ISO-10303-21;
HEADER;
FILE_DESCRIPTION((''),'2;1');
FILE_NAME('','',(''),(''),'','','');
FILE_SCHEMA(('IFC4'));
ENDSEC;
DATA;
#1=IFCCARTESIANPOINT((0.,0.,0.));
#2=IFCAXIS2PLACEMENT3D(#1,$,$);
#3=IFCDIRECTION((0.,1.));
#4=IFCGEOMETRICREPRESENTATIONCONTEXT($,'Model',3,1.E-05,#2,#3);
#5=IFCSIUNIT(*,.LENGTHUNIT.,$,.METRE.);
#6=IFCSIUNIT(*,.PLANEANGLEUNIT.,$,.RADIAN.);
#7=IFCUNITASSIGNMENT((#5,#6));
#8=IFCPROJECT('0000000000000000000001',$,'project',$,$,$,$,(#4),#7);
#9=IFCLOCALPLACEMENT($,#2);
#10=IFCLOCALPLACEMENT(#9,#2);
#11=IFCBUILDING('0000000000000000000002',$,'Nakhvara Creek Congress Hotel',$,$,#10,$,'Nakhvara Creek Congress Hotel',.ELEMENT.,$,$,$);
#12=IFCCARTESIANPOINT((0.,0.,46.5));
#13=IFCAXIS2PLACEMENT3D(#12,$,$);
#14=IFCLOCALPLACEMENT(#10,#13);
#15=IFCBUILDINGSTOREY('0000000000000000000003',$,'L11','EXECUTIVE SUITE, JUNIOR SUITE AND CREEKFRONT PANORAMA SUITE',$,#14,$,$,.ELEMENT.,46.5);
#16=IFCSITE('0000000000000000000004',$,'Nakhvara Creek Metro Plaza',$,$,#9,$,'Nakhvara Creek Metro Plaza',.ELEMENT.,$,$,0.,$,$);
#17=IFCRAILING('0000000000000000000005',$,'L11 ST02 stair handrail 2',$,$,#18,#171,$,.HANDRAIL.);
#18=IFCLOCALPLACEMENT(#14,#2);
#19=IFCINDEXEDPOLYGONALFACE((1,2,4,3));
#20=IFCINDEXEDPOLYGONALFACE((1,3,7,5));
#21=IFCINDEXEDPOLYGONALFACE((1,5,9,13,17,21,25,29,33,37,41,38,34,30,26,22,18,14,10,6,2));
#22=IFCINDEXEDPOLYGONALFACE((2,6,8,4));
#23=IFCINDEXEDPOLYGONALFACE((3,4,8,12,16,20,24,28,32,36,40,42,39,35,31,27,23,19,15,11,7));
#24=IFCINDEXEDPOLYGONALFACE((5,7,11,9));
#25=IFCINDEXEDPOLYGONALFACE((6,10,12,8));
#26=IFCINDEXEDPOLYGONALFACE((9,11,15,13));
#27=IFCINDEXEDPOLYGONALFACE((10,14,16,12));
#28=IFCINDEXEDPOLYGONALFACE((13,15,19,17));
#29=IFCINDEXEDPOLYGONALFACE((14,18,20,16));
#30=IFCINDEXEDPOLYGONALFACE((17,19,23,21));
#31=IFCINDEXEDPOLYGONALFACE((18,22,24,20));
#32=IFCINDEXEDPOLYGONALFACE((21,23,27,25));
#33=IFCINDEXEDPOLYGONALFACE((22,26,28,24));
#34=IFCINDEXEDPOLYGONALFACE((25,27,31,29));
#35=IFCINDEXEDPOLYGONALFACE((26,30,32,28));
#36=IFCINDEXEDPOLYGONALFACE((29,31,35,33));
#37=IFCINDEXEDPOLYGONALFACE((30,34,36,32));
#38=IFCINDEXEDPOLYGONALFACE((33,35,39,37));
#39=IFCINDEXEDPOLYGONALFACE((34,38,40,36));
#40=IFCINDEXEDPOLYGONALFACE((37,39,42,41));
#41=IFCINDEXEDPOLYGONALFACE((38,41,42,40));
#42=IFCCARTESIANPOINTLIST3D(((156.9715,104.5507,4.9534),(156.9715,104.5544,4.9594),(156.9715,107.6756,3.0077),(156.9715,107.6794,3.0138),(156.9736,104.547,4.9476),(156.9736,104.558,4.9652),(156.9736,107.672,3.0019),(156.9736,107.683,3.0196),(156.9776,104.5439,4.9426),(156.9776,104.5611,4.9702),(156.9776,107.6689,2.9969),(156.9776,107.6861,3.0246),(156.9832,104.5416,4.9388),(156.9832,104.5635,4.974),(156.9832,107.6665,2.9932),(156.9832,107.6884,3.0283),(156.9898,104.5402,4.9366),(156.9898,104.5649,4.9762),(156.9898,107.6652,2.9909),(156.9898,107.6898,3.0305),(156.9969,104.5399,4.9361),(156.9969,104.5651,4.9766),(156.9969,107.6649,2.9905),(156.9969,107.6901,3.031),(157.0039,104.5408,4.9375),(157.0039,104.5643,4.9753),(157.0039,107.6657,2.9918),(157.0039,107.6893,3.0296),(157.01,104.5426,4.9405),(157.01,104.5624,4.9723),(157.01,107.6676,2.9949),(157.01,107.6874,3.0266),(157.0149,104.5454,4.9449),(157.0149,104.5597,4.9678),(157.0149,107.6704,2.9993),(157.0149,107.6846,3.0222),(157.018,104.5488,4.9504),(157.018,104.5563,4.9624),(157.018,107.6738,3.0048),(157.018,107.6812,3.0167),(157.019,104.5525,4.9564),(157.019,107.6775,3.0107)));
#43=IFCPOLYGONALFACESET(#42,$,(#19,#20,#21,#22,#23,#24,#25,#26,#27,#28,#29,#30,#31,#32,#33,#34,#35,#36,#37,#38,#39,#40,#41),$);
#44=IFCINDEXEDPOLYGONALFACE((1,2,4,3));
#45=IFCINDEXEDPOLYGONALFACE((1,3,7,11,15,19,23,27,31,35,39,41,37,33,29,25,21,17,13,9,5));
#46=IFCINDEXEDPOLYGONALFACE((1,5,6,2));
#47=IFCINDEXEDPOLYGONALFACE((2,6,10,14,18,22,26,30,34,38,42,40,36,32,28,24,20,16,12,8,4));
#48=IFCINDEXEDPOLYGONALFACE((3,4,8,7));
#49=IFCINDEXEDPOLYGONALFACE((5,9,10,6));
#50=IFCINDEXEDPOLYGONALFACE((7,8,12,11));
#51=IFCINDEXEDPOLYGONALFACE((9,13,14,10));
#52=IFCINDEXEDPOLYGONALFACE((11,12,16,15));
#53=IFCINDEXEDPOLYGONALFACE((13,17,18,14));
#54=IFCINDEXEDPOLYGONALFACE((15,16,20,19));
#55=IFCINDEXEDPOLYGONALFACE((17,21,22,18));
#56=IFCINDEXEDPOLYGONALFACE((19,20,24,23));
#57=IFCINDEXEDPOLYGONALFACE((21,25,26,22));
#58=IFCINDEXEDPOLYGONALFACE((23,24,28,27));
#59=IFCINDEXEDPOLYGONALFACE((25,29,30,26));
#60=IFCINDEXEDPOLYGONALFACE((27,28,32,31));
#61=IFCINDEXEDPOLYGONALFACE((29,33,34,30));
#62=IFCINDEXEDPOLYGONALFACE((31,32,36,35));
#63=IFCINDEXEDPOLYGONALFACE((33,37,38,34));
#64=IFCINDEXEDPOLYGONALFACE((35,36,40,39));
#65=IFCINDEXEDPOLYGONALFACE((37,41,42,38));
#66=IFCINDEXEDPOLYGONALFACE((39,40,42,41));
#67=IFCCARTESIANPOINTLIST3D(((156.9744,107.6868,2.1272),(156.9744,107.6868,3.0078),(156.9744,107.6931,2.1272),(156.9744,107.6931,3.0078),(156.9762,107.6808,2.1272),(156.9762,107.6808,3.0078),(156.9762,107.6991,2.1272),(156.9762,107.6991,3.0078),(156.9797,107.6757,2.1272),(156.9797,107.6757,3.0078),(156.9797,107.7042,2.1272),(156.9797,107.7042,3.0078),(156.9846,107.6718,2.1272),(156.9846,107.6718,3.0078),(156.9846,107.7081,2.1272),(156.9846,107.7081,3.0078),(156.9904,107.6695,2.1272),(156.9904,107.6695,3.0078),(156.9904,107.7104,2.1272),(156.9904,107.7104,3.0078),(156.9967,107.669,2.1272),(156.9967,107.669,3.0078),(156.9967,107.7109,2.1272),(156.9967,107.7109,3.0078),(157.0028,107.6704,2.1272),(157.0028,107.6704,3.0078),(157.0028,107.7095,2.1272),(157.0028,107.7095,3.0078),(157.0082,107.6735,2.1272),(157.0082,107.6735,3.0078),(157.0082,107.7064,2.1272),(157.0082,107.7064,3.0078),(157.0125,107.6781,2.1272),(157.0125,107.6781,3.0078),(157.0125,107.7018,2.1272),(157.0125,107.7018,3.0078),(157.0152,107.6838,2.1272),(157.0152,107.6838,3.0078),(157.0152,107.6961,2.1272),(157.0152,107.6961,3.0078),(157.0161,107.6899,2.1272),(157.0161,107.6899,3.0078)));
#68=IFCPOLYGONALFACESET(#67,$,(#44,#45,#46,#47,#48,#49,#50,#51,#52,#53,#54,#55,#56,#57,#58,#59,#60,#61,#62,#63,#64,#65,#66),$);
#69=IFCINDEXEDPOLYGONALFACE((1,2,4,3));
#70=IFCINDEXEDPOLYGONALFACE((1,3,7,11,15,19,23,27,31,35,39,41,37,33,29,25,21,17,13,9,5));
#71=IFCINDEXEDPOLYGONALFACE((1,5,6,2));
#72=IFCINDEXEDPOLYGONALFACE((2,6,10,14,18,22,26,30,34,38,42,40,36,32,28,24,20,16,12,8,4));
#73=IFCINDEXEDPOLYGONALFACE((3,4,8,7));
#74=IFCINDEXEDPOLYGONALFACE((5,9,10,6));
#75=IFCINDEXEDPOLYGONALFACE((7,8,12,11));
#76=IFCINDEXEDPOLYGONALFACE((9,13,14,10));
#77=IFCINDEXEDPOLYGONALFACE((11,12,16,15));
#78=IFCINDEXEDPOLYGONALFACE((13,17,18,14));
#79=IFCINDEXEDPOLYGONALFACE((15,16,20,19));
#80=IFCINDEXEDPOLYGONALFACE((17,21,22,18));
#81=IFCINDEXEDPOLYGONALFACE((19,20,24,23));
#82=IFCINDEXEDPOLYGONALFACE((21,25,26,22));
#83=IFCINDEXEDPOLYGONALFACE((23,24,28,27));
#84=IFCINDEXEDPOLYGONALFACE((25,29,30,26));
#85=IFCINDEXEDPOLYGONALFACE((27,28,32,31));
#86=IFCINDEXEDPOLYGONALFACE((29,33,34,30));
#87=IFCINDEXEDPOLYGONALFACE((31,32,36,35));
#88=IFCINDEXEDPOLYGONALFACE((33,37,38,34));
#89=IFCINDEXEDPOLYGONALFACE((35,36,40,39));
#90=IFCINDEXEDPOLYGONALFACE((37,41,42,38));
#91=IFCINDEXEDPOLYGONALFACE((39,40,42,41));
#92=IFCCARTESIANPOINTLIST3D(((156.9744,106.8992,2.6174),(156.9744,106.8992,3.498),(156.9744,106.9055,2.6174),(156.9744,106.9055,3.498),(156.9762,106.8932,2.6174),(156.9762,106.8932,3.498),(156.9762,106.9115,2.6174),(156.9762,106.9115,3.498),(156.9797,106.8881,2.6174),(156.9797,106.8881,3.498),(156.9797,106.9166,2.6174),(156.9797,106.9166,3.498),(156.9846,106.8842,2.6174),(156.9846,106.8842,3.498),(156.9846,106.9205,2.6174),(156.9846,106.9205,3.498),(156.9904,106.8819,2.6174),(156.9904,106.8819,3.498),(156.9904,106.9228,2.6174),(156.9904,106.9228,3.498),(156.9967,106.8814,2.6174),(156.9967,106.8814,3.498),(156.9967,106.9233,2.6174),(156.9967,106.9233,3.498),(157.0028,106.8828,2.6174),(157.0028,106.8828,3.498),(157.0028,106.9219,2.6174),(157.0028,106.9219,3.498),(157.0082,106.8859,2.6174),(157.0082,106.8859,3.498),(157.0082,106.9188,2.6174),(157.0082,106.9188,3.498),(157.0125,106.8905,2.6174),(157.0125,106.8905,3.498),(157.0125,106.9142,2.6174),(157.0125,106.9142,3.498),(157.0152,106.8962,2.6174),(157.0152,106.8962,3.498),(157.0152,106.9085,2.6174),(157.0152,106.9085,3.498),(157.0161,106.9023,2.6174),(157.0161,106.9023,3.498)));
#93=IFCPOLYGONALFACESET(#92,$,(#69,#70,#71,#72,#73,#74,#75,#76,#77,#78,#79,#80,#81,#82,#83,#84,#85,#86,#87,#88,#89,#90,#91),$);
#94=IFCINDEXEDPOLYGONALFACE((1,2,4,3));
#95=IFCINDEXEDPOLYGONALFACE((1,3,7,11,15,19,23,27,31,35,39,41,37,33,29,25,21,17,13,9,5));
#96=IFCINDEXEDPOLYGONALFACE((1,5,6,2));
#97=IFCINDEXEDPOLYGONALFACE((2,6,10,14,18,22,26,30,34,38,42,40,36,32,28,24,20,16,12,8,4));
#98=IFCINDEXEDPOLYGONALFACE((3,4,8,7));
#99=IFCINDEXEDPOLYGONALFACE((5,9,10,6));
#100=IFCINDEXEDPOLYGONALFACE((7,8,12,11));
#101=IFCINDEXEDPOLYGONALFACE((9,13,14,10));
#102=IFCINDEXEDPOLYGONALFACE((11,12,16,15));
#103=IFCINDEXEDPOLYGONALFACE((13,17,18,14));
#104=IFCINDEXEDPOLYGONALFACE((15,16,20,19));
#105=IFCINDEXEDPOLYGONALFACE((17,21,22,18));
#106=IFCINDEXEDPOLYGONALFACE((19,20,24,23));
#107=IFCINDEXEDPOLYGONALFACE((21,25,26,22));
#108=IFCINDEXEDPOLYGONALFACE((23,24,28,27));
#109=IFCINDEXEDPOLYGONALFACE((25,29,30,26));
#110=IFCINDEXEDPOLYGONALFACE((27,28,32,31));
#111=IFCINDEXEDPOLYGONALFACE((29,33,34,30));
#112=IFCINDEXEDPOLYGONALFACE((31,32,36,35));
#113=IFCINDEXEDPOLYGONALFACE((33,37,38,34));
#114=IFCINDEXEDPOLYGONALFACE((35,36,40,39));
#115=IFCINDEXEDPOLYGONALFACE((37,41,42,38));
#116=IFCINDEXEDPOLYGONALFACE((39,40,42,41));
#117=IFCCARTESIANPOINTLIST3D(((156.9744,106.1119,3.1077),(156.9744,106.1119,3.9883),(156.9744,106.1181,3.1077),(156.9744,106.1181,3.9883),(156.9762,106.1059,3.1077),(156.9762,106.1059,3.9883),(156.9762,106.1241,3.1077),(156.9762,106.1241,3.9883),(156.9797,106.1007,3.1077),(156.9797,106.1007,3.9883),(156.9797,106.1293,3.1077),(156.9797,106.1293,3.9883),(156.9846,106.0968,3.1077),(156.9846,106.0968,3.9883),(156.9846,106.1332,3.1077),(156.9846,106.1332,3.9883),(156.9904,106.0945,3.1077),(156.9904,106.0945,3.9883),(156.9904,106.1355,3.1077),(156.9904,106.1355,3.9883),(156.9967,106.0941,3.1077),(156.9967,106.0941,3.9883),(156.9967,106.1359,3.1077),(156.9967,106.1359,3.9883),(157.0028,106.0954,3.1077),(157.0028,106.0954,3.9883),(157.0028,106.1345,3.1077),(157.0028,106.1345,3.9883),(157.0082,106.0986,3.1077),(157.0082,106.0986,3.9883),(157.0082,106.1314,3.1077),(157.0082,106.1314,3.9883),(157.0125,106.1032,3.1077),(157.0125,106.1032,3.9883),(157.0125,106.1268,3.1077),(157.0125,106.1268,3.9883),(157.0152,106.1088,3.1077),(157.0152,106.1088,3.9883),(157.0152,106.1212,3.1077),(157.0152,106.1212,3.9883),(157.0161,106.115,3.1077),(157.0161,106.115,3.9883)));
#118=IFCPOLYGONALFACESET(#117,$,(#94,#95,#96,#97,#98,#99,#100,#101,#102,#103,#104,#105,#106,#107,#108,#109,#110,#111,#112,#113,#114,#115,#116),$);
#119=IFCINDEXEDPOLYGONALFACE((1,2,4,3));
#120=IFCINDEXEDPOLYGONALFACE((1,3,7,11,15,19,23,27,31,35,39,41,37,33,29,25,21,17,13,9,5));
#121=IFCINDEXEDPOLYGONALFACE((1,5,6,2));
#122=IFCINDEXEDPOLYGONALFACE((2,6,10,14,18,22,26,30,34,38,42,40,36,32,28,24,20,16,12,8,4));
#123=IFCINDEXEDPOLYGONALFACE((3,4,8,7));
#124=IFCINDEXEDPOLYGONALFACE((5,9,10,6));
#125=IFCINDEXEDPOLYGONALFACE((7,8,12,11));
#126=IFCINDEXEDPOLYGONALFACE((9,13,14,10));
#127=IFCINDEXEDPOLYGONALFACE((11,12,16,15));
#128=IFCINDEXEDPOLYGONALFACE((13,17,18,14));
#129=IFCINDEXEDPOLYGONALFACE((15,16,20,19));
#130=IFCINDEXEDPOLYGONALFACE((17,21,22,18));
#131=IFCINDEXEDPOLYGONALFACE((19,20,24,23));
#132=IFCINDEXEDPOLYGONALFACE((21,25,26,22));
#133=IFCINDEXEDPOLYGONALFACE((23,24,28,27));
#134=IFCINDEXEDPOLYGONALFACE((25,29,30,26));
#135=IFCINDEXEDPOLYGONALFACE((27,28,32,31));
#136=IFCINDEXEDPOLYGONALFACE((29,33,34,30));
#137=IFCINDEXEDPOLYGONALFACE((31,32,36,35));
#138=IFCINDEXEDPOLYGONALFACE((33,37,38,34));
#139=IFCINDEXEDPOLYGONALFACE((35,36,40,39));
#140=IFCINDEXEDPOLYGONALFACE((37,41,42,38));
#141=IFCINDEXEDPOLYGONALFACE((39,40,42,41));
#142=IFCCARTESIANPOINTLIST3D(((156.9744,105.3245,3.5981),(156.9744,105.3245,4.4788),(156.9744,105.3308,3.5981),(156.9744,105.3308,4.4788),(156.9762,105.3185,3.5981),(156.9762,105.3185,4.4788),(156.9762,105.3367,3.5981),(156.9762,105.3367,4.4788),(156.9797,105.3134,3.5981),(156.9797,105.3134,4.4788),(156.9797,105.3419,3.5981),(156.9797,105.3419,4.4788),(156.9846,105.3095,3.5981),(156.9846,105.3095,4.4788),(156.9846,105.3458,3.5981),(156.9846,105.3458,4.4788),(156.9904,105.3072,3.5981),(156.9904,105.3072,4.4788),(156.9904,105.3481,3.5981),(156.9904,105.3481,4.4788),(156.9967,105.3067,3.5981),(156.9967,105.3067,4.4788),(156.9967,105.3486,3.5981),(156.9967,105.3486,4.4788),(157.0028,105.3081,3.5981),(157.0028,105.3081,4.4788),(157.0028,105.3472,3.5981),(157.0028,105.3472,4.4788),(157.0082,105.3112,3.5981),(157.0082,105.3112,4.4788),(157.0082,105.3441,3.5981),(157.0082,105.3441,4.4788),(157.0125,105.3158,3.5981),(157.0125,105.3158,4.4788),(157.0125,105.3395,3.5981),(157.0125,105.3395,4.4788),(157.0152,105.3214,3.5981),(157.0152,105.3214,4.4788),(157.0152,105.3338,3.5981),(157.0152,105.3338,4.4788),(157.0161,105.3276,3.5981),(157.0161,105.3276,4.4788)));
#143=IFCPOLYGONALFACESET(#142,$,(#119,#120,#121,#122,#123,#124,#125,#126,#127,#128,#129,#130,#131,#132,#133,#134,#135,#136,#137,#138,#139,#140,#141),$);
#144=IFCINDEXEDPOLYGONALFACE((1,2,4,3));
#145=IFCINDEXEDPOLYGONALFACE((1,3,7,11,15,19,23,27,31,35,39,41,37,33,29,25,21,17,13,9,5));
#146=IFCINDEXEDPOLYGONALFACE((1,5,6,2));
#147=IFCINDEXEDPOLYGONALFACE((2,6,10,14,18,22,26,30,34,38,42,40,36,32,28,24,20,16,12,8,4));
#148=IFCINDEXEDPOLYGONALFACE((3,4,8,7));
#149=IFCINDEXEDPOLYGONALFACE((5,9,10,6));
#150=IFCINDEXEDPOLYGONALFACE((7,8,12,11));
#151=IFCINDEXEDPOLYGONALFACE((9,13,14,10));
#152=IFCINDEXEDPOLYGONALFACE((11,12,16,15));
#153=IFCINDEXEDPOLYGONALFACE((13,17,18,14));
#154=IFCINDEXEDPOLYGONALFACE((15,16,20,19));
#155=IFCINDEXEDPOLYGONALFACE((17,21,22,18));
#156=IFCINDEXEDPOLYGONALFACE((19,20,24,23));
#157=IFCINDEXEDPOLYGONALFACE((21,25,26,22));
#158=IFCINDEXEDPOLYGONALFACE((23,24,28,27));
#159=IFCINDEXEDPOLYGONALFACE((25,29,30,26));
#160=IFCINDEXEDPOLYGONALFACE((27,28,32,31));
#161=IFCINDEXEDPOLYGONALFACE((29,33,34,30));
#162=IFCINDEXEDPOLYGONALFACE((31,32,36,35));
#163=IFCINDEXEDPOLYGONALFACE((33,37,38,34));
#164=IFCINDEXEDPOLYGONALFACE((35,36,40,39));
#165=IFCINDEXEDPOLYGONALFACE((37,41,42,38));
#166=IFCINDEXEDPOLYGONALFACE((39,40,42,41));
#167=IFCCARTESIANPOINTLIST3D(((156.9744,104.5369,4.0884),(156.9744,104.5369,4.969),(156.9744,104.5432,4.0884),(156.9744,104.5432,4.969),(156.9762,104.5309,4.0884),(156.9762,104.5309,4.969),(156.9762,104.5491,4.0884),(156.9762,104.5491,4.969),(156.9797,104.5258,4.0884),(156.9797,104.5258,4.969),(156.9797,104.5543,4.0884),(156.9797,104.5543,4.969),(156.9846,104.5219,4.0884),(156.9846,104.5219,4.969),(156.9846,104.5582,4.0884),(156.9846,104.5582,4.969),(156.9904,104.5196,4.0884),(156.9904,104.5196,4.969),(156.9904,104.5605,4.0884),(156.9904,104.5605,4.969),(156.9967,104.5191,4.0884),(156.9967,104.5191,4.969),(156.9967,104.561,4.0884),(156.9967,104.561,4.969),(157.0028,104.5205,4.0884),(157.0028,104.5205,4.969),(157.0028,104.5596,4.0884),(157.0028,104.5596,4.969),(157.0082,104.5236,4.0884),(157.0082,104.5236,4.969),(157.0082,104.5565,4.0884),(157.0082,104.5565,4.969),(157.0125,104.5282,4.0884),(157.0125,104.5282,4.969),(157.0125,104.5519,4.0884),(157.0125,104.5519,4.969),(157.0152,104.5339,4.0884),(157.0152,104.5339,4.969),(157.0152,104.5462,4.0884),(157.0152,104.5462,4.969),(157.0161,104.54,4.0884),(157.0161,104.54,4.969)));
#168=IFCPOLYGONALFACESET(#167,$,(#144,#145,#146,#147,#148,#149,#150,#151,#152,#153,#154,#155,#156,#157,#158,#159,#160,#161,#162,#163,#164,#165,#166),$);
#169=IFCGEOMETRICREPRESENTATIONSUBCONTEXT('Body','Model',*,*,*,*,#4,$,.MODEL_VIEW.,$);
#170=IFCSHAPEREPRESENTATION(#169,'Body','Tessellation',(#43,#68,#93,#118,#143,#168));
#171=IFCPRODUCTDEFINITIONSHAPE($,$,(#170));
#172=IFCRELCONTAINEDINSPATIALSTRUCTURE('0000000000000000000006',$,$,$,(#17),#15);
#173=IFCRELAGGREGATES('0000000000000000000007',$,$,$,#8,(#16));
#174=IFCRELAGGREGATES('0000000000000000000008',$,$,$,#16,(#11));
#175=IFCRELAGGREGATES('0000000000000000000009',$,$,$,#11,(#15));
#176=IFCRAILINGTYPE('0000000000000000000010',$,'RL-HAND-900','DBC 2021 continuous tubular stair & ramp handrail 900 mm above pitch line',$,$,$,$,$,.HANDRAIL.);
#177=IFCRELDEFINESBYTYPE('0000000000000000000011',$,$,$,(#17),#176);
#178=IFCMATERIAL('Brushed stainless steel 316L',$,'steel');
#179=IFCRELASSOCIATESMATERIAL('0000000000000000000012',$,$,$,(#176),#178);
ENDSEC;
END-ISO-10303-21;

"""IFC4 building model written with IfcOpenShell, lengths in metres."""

from ifc_helpers import new_model, si_unit, direction, frame, origin, origin_2d, place, context, subcontext, project, spatial, circle, extrude, material, type_object, element, save


model = new_model("IFC4")

# Units and contexts
model_context = context("Model", 3, precision=1e-05, world=origin(), true_north=direction((0.0, 1.0)))
body_context = subcontext(model_context, "Body", "Model", "MODEL_VIEW")
ifc_project = project(units=[si_unit("LENGTHUNIT", "METRE"), si_unit("PLANEANGLEUNIT", "RADIAN")], contexts=[model_context])

# Site, building, storey
site_placement = place(None, origin())
site = spatial("IfcSite", under=ifc_project, at=site_placement, Name="Nakhvara Creek Metro Plaza", LongName="Nakhvara Creek Metro Plaza", CompositionType="ELEMENT", RefElevation=0.0)
building_placement = place(site_placement, origin())
building = spatial("IfcBuilding", under=site, at=building_placement, Name="Nakhvara Creek Congress Hotel", LongName="Nakhvara Creek Congress Hotel", CompositionType="ELEMENT")
storey_placement = place(building_placement, frame((0.0, 0.0, 46.5)))
storey = spatial("IfcBuildingStorey", under=building, at=storey_placement, Name="L11", Description="EXECUTIVE SUITE, JUNIOR SUITE AND CREEKFRONT PANORAMA SUITE", CompositionType="ELEMENT", Elevation=46.5)

# Railing
ifc_material_1 = material(Name="Brushed stainless steel 316L", Category="steel")
railing_type_1 = type_object("IfcRailingType", Name="RL-HAND-900", Description="DBC 2021 continuous tubular stair & ramp handrail 900 mm above pitch line", PredefinedType="HANDRAIL", material=ifc_material_1)
railing_1_placement = place(storey_placement, frame((156.9951, 107.6899, 2.1272)))
element("IfcRailing", 1, at=railing_1_placement, inside=storey, type_object=railing_type_1, Name="L11 ST02 stair handrail 2", PredefinedType="HANDRAIL", context=body_context, shape_type="SweptSolid", body=[
    extrude(circle(Radius=0.0239, at=origin_2d()), frame((0.0, -0.0125, 0.8835), z_axis=(0.0, -0.848906, 0.528543), x_axis=(1.0, 0.0, 0.0)), (0.0, 0.0, 1.0), 3.6812),
    extrude(circle(Radius=0.021, at=origin_2d()), origin(), (0.0, 0.0, 1.0), 0.8806),
    extrude(circle(Radius=0.021, at=origin_2d()), frame((0.0, -0.7876, 0.4902)), (0.0, 0.0, 1.0), 0.8806),
    extrude(circle(Radius=0.021, at=origin_2d()), frame((0.0, -1.575, 0.9805)), (0.0, 0.0, 1.0), 0.8806),
    extrude(circle(Radius=0.021, at=origin_2d()), frame((0.0, -2.3623, 1.4709)), (0.0, 0.0, 1.0), 0.8806),
    extrude(circle(Radius=0.021, at=origin_2d()), frame((0.0, -3.1499, 1.9612)), (0.0, 0.0, 1.0), 0.8806),
])

save(model, "model.ifc")
